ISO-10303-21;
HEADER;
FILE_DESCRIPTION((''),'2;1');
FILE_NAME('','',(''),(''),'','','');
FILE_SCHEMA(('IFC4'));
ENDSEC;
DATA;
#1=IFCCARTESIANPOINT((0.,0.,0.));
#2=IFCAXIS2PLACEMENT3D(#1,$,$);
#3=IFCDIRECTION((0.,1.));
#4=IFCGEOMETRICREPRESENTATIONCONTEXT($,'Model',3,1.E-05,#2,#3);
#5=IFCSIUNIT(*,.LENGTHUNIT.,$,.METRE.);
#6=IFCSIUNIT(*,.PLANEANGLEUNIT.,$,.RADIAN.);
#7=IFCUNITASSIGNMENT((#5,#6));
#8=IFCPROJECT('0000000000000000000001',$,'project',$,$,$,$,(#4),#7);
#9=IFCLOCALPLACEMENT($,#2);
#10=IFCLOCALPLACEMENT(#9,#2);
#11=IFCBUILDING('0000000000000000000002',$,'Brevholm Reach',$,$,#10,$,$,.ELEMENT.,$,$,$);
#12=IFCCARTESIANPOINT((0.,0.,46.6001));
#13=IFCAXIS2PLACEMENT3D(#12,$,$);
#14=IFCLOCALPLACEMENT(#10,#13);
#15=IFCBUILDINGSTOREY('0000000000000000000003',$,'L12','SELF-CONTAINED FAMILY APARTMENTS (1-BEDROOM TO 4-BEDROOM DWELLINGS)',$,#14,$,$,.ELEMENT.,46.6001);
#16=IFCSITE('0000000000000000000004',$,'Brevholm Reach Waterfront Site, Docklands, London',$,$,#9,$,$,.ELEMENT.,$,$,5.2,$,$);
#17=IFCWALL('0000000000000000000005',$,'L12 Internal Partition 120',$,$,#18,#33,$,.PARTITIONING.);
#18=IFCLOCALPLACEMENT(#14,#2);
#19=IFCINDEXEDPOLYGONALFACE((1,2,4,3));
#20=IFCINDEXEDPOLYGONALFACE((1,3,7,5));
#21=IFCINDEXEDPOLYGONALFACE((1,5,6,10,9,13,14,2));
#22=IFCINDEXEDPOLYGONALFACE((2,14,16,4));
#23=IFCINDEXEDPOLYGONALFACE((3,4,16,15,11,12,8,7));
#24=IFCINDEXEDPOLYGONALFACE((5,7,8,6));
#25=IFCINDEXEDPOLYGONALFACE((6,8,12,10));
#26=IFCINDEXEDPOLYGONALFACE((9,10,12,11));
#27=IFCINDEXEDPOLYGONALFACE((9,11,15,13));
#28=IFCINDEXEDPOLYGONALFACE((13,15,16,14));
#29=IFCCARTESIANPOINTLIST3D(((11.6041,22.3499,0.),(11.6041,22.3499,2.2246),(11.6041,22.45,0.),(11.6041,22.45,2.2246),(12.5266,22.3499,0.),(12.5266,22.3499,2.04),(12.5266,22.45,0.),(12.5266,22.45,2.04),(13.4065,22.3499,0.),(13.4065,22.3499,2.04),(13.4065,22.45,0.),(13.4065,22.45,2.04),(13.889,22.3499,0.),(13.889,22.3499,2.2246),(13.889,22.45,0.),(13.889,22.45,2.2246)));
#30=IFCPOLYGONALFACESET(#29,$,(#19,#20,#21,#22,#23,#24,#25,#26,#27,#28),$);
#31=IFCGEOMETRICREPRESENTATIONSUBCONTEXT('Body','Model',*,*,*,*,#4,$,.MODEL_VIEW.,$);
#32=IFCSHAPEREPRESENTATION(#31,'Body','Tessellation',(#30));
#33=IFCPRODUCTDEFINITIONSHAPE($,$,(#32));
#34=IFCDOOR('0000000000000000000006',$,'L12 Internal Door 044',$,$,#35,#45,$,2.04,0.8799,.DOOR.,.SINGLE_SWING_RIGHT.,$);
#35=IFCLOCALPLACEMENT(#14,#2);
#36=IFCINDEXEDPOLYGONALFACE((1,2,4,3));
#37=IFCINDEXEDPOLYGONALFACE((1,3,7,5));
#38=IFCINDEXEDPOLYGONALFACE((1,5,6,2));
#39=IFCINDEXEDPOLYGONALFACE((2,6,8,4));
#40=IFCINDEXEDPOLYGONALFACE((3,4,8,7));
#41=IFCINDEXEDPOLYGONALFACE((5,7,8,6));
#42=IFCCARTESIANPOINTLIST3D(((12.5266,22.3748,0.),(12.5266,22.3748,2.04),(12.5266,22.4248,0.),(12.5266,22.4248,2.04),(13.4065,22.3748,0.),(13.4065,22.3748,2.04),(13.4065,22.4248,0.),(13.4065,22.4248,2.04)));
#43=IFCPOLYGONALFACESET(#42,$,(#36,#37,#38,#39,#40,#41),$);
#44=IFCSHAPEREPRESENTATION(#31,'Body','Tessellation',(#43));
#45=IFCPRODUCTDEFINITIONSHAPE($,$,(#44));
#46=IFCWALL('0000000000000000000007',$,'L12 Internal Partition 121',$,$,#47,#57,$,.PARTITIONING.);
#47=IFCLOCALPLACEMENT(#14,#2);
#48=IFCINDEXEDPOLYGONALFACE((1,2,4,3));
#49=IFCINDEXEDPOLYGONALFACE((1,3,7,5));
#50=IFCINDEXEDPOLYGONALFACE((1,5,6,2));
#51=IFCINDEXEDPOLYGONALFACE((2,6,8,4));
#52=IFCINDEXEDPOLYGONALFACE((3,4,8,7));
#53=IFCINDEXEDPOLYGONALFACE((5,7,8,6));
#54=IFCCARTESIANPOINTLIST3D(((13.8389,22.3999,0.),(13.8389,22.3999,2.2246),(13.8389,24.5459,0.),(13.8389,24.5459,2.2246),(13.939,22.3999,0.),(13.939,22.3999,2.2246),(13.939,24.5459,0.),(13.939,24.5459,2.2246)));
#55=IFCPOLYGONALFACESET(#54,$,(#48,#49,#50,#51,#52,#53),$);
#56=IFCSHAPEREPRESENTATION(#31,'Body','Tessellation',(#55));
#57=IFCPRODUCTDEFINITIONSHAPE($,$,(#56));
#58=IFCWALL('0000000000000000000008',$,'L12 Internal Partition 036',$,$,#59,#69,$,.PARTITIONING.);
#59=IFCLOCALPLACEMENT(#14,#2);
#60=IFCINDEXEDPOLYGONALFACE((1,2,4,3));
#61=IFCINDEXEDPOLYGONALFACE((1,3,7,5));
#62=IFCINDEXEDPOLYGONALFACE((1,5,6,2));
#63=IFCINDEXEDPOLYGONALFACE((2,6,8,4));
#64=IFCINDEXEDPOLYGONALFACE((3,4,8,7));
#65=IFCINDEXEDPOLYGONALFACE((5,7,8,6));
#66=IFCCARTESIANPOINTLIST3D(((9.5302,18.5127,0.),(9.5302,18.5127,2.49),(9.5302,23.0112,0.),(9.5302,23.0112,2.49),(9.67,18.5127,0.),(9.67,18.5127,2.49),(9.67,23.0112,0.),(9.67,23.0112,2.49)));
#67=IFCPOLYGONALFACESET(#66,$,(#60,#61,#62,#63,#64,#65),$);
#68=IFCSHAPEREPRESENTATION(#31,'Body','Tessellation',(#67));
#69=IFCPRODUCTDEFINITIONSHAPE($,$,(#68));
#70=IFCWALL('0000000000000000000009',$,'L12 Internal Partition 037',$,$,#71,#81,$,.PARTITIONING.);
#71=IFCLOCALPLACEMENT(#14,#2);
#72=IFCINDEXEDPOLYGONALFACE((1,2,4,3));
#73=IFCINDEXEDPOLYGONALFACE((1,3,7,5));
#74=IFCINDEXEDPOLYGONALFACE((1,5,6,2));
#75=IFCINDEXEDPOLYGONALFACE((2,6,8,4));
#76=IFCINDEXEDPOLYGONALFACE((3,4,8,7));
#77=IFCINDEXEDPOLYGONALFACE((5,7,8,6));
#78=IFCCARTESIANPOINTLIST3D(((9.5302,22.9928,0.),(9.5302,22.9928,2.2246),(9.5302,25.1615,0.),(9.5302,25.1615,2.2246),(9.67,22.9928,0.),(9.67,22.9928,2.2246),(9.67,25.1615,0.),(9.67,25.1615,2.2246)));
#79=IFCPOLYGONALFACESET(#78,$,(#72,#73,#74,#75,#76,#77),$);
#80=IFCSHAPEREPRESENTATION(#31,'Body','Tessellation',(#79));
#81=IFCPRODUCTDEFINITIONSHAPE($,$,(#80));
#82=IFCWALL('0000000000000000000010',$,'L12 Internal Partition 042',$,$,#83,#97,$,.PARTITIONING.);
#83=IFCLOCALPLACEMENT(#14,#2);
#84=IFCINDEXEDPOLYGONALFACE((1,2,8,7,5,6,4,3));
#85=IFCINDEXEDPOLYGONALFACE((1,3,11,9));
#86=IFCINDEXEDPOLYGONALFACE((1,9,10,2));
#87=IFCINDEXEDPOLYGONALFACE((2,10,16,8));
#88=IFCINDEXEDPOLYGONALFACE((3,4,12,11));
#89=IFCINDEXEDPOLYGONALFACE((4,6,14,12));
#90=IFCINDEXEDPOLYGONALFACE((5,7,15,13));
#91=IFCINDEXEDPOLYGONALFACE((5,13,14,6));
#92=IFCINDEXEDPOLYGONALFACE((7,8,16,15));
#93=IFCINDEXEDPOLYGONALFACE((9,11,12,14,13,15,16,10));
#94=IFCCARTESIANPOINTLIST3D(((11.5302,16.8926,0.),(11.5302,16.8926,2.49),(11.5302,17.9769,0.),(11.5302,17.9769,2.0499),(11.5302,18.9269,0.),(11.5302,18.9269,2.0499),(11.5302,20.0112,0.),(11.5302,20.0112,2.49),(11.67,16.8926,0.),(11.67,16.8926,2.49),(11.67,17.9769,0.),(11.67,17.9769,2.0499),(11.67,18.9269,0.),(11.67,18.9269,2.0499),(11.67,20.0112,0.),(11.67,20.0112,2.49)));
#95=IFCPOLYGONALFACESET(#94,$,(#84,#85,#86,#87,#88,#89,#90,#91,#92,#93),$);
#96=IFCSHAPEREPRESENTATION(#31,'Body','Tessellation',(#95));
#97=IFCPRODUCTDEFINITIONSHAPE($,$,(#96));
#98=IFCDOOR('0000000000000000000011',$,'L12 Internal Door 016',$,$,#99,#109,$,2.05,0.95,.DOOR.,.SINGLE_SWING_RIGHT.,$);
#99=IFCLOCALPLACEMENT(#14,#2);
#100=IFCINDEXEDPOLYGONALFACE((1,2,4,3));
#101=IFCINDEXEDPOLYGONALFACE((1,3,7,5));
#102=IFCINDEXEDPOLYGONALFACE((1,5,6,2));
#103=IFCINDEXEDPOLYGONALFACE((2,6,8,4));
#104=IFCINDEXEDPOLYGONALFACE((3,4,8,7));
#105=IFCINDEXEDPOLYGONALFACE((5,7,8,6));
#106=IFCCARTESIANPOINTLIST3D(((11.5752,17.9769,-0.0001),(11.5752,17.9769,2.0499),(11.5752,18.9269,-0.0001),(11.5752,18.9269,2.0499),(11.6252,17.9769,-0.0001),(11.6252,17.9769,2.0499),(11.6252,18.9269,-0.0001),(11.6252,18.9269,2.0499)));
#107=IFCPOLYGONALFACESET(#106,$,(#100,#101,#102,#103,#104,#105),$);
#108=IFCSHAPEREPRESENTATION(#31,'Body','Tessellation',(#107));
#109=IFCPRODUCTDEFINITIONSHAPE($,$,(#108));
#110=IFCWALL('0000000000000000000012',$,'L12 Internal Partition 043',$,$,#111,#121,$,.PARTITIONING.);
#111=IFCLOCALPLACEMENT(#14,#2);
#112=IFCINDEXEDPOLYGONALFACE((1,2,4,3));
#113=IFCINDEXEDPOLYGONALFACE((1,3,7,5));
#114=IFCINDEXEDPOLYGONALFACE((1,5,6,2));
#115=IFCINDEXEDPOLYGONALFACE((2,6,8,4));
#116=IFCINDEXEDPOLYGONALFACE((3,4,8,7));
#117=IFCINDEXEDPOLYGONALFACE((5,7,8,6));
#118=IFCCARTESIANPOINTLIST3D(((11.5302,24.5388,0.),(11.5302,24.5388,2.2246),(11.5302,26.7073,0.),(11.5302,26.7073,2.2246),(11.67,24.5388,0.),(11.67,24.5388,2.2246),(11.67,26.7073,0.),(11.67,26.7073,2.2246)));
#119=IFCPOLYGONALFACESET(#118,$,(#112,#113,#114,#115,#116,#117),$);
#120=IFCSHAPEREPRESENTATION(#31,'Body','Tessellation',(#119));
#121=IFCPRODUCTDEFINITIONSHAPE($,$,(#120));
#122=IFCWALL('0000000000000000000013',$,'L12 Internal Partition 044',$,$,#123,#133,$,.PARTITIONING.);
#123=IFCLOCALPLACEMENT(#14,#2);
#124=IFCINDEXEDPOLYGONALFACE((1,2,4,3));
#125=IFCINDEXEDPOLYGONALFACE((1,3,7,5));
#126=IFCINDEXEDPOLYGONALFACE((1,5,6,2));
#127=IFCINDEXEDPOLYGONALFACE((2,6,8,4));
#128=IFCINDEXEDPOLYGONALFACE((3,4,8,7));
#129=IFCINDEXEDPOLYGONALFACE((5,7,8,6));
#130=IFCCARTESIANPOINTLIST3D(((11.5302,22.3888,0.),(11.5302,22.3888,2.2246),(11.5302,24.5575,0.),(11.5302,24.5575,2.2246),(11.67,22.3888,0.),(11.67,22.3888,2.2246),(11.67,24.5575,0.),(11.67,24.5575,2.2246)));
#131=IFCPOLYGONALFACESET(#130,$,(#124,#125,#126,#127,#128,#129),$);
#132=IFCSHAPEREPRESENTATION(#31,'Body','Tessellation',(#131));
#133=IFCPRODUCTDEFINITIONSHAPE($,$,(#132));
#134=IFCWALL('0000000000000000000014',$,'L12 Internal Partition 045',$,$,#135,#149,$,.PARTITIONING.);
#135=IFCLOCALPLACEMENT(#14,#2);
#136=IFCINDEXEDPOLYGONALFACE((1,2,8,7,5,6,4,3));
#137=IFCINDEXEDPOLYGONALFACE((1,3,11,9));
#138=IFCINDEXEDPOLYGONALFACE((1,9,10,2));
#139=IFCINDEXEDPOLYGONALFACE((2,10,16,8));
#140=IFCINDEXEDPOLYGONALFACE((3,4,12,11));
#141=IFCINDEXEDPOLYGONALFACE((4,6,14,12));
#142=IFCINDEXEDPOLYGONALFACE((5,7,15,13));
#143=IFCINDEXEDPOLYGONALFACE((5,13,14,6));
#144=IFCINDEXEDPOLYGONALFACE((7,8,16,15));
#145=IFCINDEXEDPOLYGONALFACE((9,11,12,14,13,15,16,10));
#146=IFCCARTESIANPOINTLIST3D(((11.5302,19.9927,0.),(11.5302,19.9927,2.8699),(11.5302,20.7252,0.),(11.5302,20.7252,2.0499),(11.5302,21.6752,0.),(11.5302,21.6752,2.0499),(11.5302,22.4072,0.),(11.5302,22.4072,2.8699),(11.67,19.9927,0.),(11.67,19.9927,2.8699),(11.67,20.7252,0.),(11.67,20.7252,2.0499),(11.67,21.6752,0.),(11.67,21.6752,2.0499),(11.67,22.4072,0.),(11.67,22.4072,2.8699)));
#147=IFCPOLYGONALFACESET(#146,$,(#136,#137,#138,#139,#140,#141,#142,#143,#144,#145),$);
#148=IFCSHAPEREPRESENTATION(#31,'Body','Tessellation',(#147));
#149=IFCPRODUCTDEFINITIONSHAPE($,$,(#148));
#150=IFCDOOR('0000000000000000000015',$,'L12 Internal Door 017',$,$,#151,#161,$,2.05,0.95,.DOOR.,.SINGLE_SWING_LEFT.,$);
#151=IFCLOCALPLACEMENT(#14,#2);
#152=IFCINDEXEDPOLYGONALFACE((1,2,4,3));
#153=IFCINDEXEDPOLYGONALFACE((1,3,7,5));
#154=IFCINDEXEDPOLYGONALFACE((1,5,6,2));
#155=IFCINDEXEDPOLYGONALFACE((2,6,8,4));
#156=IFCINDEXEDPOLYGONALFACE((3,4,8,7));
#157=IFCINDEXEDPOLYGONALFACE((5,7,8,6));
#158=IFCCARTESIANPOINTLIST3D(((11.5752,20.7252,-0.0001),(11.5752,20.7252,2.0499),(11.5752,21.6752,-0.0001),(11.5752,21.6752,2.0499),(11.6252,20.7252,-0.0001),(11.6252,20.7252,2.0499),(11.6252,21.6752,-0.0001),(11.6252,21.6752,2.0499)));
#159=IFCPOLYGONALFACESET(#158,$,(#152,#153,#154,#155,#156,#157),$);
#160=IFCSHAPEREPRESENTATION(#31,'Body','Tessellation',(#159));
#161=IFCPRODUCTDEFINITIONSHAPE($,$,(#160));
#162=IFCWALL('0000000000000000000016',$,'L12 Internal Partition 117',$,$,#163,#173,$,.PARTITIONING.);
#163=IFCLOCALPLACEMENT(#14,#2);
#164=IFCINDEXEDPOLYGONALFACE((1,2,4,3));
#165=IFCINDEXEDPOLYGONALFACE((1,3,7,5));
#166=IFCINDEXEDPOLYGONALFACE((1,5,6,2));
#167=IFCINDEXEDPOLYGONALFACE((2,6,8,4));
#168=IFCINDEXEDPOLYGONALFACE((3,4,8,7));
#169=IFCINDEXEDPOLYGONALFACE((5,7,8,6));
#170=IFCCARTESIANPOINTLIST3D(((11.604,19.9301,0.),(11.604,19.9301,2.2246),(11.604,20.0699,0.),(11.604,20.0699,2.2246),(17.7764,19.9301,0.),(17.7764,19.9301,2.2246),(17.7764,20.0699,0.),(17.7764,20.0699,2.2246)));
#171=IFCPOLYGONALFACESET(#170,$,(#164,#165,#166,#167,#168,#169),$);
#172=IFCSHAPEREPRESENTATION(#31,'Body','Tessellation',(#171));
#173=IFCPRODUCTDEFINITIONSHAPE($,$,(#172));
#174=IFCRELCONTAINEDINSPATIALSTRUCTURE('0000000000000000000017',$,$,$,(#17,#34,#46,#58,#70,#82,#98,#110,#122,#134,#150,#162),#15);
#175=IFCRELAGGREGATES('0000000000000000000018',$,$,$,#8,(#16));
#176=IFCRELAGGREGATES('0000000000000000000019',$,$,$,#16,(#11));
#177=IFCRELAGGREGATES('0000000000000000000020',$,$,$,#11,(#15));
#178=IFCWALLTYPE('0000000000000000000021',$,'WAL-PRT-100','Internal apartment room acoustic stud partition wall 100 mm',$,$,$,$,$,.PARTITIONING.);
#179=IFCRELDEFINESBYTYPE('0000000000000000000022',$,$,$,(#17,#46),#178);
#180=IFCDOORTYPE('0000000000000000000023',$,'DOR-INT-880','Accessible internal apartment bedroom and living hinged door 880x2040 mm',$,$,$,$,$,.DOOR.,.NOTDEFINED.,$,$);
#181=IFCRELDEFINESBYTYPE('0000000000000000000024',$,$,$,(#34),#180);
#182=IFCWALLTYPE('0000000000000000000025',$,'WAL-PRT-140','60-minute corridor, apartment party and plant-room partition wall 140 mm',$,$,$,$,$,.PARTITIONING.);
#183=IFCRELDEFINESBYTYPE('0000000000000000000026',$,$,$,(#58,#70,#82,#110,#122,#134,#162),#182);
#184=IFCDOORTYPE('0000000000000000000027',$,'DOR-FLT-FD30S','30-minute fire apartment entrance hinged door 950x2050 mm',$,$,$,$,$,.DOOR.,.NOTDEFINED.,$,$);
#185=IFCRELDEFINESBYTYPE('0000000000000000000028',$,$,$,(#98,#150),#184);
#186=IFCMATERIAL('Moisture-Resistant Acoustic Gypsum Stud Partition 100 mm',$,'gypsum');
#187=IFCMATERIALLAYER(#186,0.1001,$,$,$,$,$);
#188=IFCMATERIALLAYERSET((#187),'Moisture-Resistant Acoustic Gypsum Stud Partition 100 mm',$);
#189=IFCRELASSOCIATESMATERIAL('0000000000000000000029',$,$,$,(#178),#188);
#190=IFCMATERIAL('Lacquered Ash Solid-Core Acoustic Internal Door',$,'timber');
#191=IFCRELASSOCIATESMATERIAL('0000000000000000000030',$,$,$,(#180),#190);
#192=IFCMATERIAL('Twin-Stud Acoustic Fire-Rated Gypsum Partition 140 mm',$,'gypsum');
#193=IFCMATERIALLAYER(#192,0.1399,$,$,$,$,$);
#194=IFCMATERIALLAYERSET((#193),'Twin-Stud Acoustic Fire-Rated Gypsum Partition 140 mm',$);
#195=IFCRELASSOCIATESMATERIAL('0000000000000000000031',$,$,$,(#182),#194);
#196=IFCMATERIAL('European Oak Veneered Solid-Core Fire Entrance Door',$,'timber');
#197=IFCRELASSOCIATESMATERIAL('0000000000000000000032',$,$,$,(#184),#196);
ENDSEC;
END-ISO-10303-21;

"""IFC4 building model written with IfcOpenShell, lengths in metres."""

from ifc_helpers import new_model, si_unit, direction, frame, frame_2d, origin, place, context, subcontext, project, spatial, rectangle, extrude, material, layer, layer_set, type_object, element, fill, save


model = new_model("IFC4")

# Units and contexts
model_context = context("Model", 3, precision=1e-05, world=origin(), true_north=direction((0.0, 1.0)))
body_context = subcontext(model_context, "Body", "Model", "MODEL_VIEW")
ifc_project = project(units=[si_unit("LENGTHUNIT", "METRE"), si_unit("PLANEANGLEUNIT", "RADIAN")], contexts=[model_context])

# Site, building, storey
site_placement = place(None, origin())
site = spatial("IfcSite", under=ifc_project, at=site_placement, Name="Brevholm Reach Waterfront Site, Docklands, London", CompositionType="ELEMENT", RefElevation=5.2)
building_placement = place(site_placement, origin())
building = spatial("IfcBuilding", under=site, at=building_placement, Name="Brevholm Reach", CompositionType="ELEMENT")
storey_placement = place(building_placement, frame((0.0, 0.0, 46.6001)))
storey = spatial("IfcBuildingStorey", under=building, at=storey_placement, Name="L12", Description="SELF-CONTAINED FAMILY APARTMENTS (1-BEDROOM TO 4-BEDROOM DWELLINGS)", CompositionType="ELEMENT", Elevation=46.6001)

# Wall, opening, door
ifc_material_1 = material(Name="Moisture-Resistant Acoustic Gypsum Stud Partition 100 mm", Category="gypsum")
ifc_layer_1 = layer(ifc_material_1, 0.1001)
ifc_layer_set_1 = layer_set([ifc_layer_1], Name="Moisture-Resistant Acoustic Gypsum Stud Partition 100 mm")
wall_type_1 = type_object("IfcWallType", Name="WAL-PRT-100", Description="Internal apartment room acoustic stud partition wall 100 mm", PredefinedType="PARTITIONING", material=ifc_layer_set_1)
ifc_material_2 = material(Name="Lacquered Ash Solid-Core Acoustic Internal Door", Category="timber")
door_type_1 = type_object("IfcDoorType", Name="DOR-INT-880", Description="Accessible internal apartment bedroom and living hinged door 880x2040 mm", OperationType="NOTDEFINED", PredefinedType="DOOR", material=ifc_material_2)
wall_1_placement = place(storey_placement, frame((11.604, 22.3999, 0.0), z_axis=(0.0, 0.0, 1.0), x_axis=(1.0, 0.0, 0.0)))
wall_1 = element("IfcWall", 1, at=wall_1_placement, inside=storey, type_object=wall_type_1, Name="L12 Internal Partition 120", PredefinedType="PARTITIONING", context=body_context, shape_type="SweptSolid", body=[
    extrude(rectangle(XDim=2.2849, YDim=0.1001, at=frame_2d((1.1426, 0.0))), origin(), (0.0, 0.0, 1.0), 2.2246),
])
opening_1_placement = place(wall_1_placement, frame((0.9226, 0.0, 0.0)))
opening_1 = element("IfcOpeningElement", 2, at=opening_1_placement, cuts=wall_1, PredefinedType="OPENING", context=body_context, shape_type="SweptSolid", body=[
    extrude(rectangle(XDim=0.8799, YDim=2.04, at=frame_2d((0.4399, 1.02))), frame((0.0, 0.0601, 0.0), z_axis=(0.0, -1.0, 0.0), x_axis=(1.0, 0.0, 0.0)), (0.0, 0.0, 1.0), 0.1201),
])
door_1_placement = place(opening_1_placement, origin())
door_1 = element("IfcDoor", 3, at=door_1_placement, inside=storey, type_object=door_type_1, Name="L12 Internal Door 044", OperationType="SINGLE_SWING_RIGHT", OverallHeight=2.04, OverallWidth=0.8799, PredefinedType="DOOR", context=body_context, shape_type="SweptSolid", body=[
    extrude(rectangle(XDim=0.8799, YDim=2.04, at=frame_2d((0.4399, 1.02))), frame((0.0, 0.0249, 0.0), z_axis=(0.0, -1.0, 0.0), x_axis=(1.0, 0.0, 0.0)), (0.0, 0.0, 1.0), 0.05),
])
fill(opening_1, door_1)

# Walls
wall_2_placement = place(storey_placement, frame((13.8889, 22.3999, 0.0), z_axis=(0.0, 0.0, 1.0), x_axis=(0.0, 1.0, 0.0)))
element("IfcWall", 4, at=wall_2_placement, inside=storey, type_object=wall_type_1, Name="L12 Internal Partition 121", PredefinedType="PARTITIONING", context=body_context, shape_type="SweptSolid", body=[
    extrude(rectangle(XDim=2.146, YDim=0.1001, at=frame_2d((1.073, 0.0))), origin(), (0.0, 0.0, 1.0), 2.2246),
])
ifc_material_3 = material(Name="Twin-Stud Acoustic Fire-Rated Gypsum Partition 140 mm", Category="gypsum")
ifc_layer_2 = layer(ifc_material_3, 0.1399)
ifc_layer_set_2 = layer_set([ifc_layer_2], Name="Twin-Stud Acoustic Fire-Rated Gypsum Partition 140 mm")
wall_type_2 = type_object("IfcWallType", Name="WAL-PRT-140", Description="60-minute corridor, apartment party and plant-room partition wall 140 mm", PredefinedType="PARTITIONING", material=ifc_layer_set_2)
wall_3_placement = place(storey_placement, frame((9.6001, 18.5127, 0.0), z_axis=(0.0, 0.0, 1.0), x_axis=(0.0, 1.0, 0.0)))
element("IfcWall", 5, at=wall_3_placement, inside=storey, type_object=wall_type_2, Name="L12 Internal Partition 036", PredefinedType="PARTITIONING", context=body_context, shape_type="SweptSolid", body=[
    extrude(rectangle(XDim=4.4985, YDim=0.1399, at=frame_2d((2.2493, 0.0))), origin(), (0.0, 0.0, 1.0), 2.49),
])
wall_4_placement = place(storey_placement, frame((9.6001, 22.9927, 0.0), z_axis=(0.0, 0.0, 1.0), x_axis=(0.0, 1.0, 0.0)))
element("IfcWall", 6, at=wall_4_placement, inside=storey, type_object=wall_type_2, Name="L12 Internal Partition 037", PredefinedType="PARTITIONING", context=body_context, shape_type="SweptSolid", body=[
    extrude(rectangle(XDim=2.1687, YDim=0.1399, at=frame_2d((1.0845, 0.0))), origin(), (0.0, 0.0, 1.0), 2.2246),
])

# Wall, opening, door
wall_5_placement = place(storey_placement, frame((11.6001, 16.8926, 0.0), z_axis=(0.0, 0.0, 1.0), x_axis=(0.0, 1.0, 0.0)))
wall_5 = element("IfcWall", 7, at=wall_5_placement, inside=storey, type_object=wall_type_2, Name="L12 Internal Partition 042", PredefinedType="PARTITIONING", context=body_context, shape_type="SweptSolid", body=[
    extrude(rectangle(XDim=3.1187, YDim=0.1399, at=frame_2d((1.5593, 0.0))), origin(), (0.0, 0.0, 1.0), 2.49),
])
opening_2_placement = place(wall_5_placement, frame((1.0842, 0.0, 0.0)))
opening_2 = element("IfcOpeningElement", 8, at=opening_2_placement, cuts=wall_5, PredefinedType="OPENING", context=body_context, shape_type="SweptSolid", body=[
    extrude(rectangle(XDim=0.95, YDim=2.05, at=frame_2d((0.4751, 1.0249))), frame((0.0, 0.0798, 0.0), z_axis=(0.0, -1.0, 0.0), x_axis=(1.0, 0.0, 0.0)), (0.0, 0.0, 1.0), 0.1599),
])
ifc_material_4 = material(Name="European Oak Veneered Solid-Core Fire Entrance Door", Category="timber")
door_type_2 = type_object("IfcDoorType", Name="DOR-FLT-FD30S", Description="30-minute fire apartment entrance hinged door 950x2050 mm", OperationType="NOTDEFINED", PredefinedType="DOOR", material=ifc_material_4)
door_2_placement = place(opening_2_placement, origin())
door_2 = element("IfcDoor", 9, at=door_2_placement, inside=storey, type_object=door_type_2, Name="L12 Internal Door 016", OperationType="SINGLE_SWING_RIGHT", OverallHeight=2.05, OverallWidth=0.95, PredefinedType="DOOR", context=body_context, shape_type="SweptSolid", body=[
    extrude(rectangle(XDim=0.95, YDim=2.05, at=frame_2d((0.4751, 1.0249))), frame((0.0, 0.0249, 0.0), z_axis=(0.0, -1.0, 0.0), x_axis=(1.0, 0.0, 0.0)), (0.0, 0.0, 1.0), 0.05),
])
fill(opening_2, door_2)

# Walls
wall_6_placement = place(storey_placement, frame((11.6001, 24.5388, 0.0), z_axis=(0.0, 0.0, 1.0), x_axis=(0.0, 1.0, 0.0)))
element("IfcWall", 10, at=wall_6_placement, inside=storey, type_object=wall_type_2, Name="L12 Internal Partition 043", PredefinedType="PARTITIONING", context=body_context, shape_type="SweptSolid", body=[
    extrude(rectangle(XDim=2.1685, YDim=0.1399, at=frame_2d((1.0842, 0.0))), origin(), (0.0, 0.0, 1.0), 2.2246),
])
wall_7_placement = place(storey_placement, frame((11.6001, 22.3887, 0.0), z_axis=(0.0, 0.0, 1.0), x_axis=(0.0, 1.0, 0.0)))
element("IfcWall", 11, at=wall_7_placement, inside=storey, type_object=wall_type_2, Name="L12 Internal Partition 044", PredefinedType="PARTITIONING", context=body_context, shape_type="SweptSolid", body=[
    extrude(rectangle(XDim=2.1687, YDim=0.1399, at=frame_2d((1.0845, 0.0))), origin(), (0.0, 0.0, 1.0), 2.2246),
])

# Wall, opening, door
wall_8_placement = place(storey_placement, frame((11.6001, 19.9927, 0.0), z_axis=(0.0, 0.0, 1.0), x_axis=(0.0, 1.0, 0.0)))
wall_8 = element("IfcWall", 12, at=wall_8_placement, inside=storey, type_object=wall_type_2, Name="L12 Internal Partition 045", PredefinedType="PARTITIONING", context=body_context, shape_type="SweptSolid", body=[
    extrude(rectangle(XDim=2.4146, YDim=0.1399, at=frame_2d((1.2073, 0.0))), origin(), (0.0, 0.0, 1.0), 2.8699),
])
opening_3_placement = place(wall_8_placement, frame((0.7324, 0.0, 0.0)))
opening_3 = element("IfcOpeningElement", 13, at=opening_3_placement, cuts=wall_8, PredefinedType="OPENING", context=body_context, shape_type="SweptSolid", body=[
    extrude(rectangle(XDim=0.95, YDim=2.05, at=frame_2d((0.4751, 1.0249))), frame((0.0, 0.0798, 0.0), z_axis=(0.0, -1.0, 0.0), x_axis=(1.0, 0.0, 0.0)), (0.0, 0.0, 1.0), 0.1599),
])
door_3_placement = place(opening_3_placement, origin())
door_3 = element("IfcDoor", 14, at=door_3_placement, inside=storey, type_object=door_type_2, Name="L12 Internal Door 017", OperationType="SINGLE_SWING_LEFT", OverallHeight=2.05, OverallWidth=0.95, PredefinedType="DOOR", context=body_context, shape_type="SweptSolid", body=[
    extrude(rectangle(XDim=0.95, YDim=2.05, at=frame_2d((0.4751, 1.0249))), frame((0.0, 0.0249, 0.0), z_axis=(0.0, -1.0, 0.0), x_axis=(1.0, 0.0, 0.0)), (0.0, 0.0, 1.0), 0.05),
])
fill(opening_3, door_3)

# Wall
wall_9_placement = place(storey_placement, frame((11.604, 20.0, 0.0), z_axis=(0.0, 0.0, 1.0), x_axis=(1.0, 0.0, 0.0)))
element("IfcWall", 15, at=wall_9_placement, inside=storey, type_object=wall_type_2, Name="L12 Internal Partition 117", PredefinedType="PARTITIONING", context=body_context, shape_type="SweptSolid", body=[
    extrude(rectangle(XDim=6.1724, YDim=0.1399, at=frame_2d((3.0862, 0.0))), origin(), (0.0, 0.0, 1.0), 2.2246),
])

save(model, "model.ifc")
